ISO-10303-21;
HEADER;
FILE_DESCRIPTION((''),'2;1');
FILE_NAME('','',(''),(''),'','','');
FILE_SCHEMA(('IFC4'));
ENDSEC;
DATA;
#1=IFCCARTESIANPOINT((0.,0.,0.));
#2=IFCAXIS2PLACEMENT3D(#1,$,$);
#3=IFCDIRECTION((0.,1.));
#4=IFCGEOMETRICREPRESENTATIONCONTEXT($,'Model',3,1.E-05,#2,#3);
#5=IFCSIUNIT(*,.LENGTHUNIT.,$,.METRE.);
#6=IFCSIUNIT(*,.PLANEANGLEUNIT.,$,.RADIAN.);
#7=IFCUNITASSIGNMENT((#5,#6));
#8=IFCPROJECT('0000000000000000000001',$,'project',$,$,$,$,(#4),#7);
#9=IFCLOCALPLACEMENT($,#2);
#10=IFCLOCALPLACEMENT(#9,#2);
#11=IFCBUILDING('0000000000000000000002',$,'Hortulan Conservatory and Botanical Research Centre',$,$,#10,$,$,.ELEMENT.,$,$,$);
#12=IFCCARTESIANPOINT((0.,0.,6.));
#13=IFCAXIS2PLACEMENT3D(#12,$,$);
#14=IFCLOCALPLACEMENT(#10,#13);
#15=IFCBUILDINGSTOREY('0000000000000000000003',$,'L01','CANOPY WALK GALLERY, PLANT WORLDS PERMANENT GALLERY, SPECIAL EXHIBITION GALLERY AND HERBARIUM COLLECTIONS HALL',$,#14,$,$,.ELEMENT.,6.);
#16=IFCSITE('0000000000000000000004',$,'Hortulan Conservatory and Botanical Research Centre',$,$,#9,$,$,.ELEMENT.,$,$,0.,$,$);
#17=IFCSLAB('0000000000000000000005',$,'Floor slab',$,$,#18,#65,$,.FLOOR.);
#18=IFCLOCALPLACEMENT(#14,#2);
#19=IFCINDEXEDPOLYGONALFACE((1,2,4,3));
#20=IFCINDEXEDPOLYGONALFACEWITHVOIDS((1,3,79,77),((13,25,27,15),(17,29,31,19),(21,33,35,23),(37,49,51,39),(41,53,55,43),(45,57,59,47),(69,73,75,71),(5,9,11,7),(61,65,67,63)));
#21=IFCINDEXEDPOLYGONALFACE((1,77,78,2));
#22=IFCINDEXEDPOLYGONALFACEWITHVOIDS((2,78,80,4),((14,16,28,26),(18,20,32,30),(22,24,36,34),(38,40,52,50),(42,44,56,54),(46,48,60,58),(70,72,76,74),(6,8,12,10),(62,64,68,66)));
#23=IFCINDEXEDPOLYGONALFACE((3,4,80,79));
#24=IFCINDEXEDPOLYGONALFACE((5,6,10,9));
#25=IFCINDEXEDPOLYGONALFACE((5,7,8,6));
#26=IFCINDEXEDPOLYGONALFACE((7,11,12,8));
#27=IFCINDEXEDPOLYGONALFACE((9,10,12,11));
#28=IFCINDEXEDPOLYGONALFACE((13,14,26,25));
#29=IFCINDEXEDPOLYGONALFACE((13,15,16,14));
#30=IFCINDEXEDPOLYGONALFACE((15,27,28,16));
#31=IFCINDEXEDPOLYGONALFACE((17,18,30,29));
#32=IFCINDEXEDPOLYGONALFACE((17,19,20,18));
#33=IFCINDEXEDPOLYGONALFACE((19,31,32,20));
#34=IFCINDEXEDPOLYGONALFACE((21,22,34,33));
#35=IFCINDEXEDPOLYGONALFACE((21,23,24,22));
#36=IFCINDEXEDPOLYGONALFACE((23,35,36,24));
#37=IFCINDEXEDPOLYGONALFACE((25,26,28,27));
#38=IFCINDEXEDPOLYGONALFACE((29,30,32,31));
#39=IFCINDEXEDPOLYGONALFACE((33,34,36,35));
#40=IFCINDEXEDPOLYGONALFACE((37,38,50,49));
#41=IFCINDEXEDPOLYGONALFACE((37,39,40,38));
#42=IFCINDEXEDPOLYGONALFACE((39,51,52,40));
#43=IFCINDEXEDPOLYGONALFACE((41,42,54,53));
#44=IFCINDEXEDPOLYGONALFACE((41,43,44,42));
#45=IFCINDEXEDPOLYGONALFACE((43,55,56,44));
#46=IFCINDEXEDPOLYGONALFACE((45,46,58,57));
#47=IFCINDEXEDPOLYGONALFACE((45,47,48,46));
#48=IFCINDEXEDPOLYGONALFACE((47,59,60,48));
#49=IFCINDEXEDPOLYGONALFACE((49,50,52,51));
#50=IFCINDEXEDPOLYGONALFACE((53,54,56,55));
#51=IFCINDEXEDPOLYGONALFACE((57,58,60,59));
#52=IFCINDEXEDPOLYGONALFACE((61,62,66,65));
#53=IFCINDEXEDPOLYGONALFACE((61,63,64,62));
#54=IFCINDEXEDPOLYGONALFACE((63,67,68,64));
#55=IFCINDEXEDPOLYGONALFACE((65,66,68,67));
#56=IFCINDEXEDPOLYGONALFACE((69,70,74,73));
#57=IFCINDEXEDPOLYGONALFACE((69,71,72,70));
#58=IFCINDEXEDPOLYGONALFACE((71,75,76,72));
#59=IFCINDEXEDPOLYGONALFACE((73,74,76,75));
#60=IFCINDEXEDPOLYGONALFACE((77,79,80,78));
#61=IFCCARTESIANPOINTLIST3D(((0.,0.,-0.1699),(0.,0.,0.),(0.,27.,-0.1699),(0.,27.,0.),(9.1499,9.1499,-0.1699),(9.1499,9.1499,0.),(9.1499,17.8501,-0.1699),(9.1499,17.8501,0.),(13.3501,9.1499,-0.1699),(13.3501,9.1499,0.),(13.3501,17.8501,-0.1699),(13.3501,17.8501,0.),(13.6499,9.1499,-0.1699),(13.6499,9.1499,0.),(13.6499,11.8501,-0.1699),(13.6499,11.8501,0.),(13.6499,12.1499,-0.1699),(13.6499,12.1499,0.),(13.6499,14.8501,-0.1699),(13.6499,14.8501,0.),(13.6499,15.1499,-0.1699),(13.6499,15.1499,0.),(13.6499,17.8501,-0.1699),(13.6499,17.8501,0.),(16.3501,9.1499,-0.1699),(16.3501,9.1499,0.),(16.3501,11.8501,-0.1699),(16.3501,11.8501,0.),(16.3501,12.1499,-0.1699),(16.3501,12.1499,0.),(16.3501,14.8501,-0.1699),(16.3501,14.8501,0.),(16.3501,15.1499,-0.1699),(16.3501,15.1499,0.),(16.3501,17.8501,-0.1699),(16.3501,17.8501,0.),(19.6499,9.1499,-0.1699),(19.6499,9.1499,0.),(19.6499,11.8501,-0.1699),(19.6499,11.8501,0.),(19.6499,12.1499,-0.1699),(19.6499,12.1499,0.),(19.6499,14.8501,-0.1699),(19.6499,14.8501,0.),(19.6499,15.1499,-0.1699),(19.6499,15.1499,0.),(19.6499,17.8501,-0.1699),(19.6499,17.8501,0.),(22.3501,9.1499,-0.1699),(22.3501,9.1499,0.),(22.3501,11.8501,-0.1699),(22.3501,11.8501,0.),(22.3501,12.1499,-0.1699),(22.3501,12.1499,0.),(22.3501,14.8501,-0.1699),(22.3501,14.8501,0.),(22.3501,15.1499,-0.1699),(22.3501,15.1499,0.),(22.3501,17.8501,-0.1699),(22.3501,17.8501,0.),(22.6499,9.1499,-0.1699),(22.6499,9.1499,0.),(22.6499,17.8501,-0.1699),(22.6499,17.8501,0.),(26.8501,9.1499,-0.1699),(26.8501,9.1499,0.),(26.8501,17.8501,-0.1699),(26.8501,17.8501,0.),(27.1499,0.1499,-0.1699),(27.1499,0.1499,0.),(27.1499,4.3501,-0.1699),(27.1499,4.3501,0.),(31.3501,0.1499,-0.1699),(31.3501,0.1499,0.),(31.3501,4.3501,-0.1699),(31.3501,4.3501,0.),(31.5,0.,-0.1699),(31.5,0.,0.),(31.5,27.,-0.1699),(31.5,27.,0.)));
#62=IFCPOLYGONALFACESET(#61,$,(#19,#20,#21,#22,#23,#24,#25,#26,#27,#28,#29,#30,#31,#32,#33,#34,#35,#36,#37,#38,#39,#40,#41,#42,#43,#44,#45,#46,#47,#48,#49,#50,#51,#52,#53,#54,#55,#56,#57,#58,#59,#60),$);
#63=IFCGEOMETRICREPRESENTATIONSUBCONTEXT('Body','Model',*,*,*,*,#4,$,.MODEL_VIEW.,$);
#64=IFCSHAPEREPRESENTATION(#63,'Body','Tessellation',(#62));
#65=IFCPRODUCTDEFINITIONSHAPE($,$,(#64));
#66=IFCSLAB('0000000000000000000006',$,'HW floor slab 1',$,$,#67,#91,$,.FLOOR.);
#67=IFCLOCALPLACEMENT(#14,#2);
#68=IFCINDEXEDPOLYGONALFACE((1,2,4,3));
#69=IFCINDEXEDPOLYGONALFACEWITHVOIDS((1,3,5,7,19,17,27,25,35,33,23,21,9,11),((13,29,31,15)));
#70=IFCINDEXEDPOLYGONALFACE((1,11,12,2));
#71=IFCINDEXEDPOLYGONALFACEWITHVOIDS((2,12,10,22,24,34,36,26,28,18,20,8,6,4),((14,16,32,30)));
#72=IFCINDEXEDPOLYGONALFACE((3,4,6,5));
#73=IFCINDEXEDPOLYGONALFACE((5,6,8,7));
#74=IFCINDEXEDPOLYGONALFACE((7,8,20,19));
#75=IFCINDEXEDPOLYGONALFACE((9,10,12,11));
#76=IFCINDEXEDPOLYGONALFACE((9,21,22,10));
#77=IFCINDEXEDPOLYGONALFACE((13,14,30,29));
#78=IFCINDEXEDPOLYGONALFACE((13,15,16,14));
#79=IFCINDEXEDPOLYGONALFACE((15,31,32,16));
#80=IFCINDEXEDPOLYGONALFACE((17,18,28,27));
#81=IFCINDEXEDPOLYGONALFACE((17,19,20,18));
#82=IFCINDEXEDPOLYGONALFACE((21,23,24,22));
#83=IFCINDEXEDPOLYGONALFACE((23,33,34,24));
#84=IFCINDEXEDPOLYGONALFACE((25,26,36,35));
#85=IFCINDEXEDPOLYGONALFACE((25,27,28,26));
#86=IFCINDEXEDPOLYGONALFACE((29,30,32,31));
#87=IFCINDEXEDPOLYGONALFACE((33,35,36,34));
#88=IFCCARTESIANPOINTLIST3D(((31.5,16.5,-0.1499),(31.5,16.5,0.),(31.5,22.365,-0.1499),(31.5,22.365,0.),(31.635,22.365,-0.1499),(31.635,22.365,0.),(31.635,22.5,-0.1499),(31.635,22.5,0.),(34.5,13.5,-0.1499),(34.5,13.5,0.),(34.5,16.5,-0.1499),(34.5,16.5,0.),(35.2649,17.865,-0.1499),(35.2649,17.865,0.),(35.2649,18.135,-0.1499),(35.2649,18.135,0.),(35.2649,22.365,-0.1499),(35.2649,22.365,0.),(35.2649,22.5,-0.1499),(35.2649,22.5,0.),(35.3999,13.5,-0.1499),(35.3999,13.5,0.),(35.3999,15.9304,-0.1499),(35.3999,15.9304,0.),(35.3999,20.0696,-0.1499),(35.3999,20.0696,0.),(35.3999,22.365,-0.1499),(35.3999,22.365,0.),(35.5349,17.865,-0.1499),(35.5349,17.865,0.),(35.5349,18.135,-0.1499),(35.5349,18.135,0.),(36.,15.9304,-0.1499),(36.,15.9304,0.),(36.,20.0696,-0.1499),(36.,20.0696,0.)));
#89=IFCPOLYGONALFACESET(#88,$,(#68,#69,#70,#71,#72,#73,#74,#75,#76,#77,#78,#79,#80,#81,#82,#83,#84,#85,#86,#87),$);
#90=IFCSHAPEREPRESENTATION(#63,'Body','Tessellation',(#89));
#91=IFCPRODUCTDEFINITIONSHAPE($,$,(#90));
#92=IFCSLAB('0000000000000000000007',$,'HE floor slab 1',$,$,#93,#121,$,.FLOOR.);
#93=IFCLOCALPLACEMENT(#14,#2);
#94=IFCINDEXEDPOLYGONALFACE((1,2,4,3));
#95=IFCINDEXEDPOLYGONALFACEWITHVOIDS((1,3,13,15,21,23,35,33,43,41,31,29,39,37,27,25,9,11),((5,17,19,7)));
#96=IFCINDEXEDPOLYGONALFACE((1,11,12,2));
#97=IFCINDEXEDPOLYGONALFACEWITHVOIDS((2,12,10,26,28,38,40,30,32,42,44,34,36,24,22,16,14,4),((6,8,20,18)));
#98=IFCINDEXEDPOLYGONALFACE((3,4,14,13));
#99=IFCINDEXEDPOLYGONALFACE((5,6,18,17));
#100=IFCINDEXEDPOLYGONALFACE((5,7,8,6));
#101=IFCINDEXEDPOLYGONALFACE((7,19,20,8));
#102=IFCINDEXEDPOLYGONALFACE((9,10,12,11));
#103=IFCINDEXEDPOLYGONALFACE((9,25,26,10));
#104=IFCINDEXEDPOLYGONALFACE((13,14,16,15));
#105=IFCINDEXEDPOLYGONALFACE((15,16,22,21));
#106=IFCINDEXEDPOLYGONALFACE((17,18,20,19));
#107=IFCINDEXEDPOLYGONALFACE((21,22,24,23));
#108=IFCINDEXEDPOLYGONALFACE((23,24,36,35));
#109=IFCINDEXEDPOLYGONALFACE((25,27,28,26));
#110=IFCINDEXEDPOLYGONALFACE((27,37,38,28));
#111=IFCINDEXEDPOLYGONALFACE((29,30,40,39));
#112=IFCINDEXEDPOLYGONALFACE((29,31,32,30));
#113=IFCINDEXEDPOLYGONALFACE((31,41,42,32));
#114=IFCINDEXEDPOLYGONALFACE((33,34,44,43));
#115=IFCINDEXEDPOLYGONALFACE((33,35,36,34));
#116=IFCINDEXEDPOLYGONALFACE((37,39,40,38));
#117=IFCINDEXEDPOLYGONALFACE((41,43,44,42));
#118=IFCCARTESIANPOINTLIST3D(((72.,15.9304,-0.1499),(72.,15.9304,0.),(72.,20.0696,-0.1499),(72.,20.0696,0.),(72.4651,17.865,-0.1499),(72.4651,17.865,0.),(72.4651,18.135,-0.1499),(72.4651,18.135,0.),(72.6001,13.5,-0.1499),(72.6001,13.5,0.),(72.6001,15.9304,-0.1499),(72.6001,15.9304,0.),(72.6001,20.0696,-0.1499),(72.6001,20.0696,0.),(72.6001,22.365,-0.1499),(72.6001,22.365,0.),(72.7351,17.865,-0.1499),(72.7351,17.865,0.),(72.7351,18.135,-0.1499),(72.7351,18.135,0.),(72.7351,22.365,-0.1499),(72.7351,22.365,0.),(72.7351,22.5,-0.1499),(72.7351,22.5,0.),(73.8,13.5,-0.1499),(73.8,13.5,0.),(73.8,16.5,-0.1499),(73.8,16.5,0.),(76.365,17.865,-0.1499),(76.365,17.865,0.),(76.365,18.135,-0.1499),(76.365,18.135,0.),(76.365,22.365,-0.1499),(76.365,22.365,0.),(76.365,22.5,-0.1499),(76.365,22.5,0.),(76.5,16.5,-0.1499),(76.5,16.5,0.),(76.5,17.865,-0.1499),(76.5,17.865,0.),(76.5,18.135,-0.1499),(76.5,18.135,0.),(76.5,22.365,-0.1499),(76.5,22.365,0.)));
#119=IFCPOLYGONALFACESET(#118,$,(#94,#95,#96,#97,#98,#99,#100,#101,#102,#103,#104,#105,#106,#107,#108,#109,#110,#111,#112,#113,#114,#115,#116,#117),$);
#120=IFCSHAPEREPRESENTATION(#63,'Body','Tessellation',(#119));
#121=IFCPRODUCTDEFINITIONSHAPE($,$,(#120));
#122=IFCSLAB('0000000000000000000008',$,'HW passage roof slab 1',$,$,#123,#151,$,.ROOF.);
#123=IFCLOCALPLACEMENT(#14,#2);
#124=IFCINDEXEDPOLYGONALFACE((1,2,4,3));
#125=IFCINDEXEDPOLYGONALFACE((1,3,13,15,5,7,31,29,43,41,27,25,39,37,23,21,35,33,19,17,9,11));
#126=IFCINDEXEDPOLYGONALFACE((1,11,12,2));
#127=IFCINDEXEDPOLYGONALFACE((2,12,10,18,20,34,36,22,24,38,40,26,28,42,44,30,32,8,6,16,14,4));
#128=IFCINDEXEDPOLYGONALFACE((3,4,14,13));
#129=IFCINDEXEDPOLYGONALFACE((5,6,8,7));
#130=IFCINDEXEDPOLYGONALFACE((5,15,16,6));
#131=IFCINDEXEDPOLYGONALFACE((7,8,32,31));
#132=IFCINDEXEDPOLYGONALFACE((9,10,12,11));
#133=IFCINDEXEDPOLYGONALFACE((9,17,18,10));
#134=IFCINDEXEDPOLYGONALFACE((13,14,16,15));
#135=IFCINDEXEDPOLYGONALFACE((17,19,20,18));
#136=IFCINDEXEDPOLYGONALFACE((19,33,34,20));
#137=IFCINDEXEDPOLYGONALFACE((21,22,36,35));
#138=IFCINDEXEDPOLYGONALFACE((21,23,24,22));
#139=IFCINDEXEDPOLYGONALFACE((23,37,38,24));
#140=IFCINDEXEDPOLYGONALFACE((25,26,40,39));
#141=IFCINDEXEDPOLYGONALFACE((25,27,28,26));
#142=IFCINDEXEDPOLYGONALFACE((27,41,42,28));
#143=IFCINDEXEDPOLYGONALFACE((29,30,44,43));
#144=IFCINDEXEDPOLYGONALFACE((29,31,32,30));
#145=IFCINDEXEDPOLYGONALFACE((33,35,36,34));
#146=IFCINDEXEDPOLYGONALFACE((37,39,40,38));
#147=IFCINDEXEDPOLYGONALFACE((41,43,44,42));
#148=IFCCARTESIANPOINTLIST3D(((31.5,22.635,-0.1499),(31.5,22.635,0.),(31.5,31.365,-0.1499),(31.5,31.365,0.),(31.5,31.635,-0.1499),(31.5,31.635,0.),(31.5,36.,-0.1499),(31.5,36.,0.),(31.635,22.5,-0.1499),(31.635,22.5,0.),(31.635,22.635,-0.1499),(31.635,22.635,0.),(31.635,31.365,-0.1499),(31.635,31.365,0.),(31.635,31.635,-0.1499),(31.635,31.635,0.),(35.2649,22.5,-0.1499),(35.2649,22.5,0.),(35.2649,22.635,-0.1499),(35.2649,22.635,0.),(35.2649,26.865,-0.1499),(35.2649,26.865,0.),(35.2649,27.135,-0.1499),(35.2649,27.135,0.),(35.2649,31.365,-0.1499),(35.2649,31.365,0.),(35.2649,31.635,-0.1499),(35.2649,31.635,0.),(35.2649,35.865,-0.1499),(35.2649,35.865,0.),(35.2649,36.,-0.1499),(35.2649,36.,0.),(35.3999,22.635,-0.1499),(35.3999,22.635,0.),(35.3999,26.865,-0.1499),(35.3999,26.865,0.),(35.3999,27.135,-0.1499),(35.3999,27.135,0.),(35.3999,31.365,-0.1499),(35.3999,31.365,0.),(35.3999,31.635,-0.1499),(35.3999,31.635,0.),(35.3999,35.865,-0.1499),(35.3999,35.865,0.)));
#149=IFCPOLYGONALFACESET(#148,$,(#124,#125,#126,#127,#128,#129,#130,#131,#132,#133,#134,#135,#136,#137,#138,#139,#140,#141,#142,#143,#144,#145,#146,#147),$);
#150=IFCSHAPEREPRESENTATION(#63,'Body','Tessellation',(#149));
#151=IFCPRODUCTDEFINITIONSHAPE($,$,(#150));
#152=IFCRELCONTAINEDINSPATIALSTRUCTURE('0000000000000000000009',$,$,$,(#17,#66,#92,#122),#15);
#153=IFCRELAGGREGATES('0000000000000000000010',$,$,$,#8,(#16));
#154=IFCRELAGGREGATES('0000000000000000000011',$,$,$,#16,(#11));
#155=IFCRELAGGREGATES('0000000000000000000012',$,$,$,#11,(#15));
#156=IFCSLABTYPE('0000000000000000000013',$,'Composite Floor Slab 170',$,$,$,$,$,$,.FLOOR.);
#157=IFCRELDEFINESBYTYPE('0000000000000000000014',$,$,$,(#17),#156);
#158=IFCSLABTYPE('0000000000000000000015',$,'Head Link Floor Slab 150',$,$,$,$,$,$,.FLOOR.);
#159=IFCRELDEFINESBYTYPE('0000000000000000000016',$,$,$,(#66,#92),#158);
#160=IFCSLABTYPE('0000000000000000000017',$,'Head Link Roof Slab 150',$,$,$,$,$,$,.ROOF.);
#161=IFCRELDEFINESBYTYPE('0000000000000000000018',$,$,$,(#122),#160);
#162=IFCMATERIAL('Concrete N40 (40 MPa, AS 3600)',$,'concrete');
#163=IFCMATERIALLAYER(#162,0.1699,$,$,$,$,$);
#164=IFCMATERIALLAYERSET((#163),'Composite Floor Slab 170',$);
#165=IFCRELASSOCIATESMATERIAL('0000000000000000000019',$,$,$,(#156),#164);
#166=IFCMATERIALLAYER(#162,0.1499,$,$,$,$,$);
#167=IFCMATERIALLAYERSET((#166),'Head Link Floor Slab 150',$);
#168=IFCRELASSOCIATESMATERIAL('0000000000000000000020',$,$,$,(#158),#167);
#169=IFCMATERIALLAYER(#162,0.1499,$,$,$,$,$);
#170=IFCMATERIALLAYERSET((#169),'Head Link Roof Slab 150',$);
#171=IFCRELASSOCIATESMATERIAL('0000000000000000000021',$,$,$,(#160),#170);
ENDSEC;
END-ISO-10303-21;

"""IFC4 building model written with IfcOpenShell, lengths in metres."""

from ifc_helpers import new_model, si_unit, direction, frame, origin, place, context, subcontext, project, spatial, polyline, outline, extrude, material, layer, layer_set, type_object, element, save


model = new_model("IFC4")

# Units and contexts
model_context = context("Model", 3, precision=1e-05, world=origin(), true_north=direction((0.0, 1.0)))
body_context = subcontext(model_context, "Body", "Model", "MODEL_VIEW")
ifc_project = project(units=[si_unit("LENGTHUNIT", "METRE"), si_unit("PLANEANGLEUNIT", "RADIAN")], contexts=[model_context])

# Site, building, storey
site_placement = place(None, origin())
site = spatial("IfcSite", under=ifc_project, at=site_placement, Name="Hortulan Conservatory and Botanical Research Centre", CompositionType="ELEMENT", RefElevation=0.0)
building_placement = place(site_placement, origin())
building = spatial("IfcBuilding", under=site, at=building_placement, Name="Hortulan Conservatory and Botanical Research Centre", CompositionType="ELEMENT")
storey_placement = place(building_placement, frame((0.0, 0.0, 6.0)))
storey = spatial("IfcBuildingStorey", under=building, at=storey_placement, Name="L01", Description="CANOPY WALK GALLERY, PLANT WORLDS PERMANENT GALLERY, SPECIAL EXHIBITION GALLERY AND HERBARIUM COLLECTIONS HALL", CompositionType="ELEMENT", Elevation=6.0)

# Slabs
ifc_material_1 = material(Name="Concrete N40 (40 MPa, AS 3600)", Category="concrete")
ifc_layer_1 = layer(ifc_material_1, 0.1699)
ifc_layer_set_1 = layer_set([ifc_layer_1], Name="Composite Floor Slab 170")
slab_type_1 = type_object("IfcSlabType", Name="Composite Floor Slab 170", PredefinedType="FLOOR", material=ifc_layer_set_1)
slab_1_placement = place(storey_placement, frame((0.0, 0.0, -0.1699)))
element("IfcSlab", 1, at=slab_1_placement, inside=storey, type_object=slab_type_1, Name="Floor slab", PredefinedType="FLOOR", context=body_context, shape_type="SweptSolid", body=[
    extrude(outline(polyline([(0.0, 0.0), (31.5, 0.0), (31.5, 27.0), (0.0, 27.0), (0.0, 0.0)]), holes=[polyline([(27.1499, 4.3501), (27.1499, 0.1499), (31.3501, 0.1499), (31.3501, 4.3501), (27.1499, 4.3501)]), polyline([(13.6499, 11.8501), (13.6499, 9.1499), (16.3501, 9.1499), (16.3501, 11.8501), (13.6499, 11.8501)]), polyline([(19.6499, 11.8501), (19.6499, 9.1499), (22.3501, 9.1499), (22.3501, 11.8501), (19.6499, 11.8501)]), polyline([(9.1499, 17.8501), (9.1499, 9.1499), (13.3501, 9.1499), (13.3501, 17.8501), (9.1499, 17.8501)]), polyline([(13.6499, 14.8501), (13.6499, 12.1499), (16.3501, 12.1499), (16.3501, 14.8501), (13.6499, 14.8501)]), polyline([(19.6499, 14.8501), (19.6499, 12.1499), (22.3501, 12.1499), (22.3501, 14.8501), (19.6499, 14.8501)]), polyline([(22.6499, 17.8501), (22.6499, 9.1499), (26.8501, 9.1499), (26.8501, 17.8501), (22.6499, 17.8501)]), polyline([(16.3501, 17.8501), (13.6499, 17.8501), (13.6499, 15.1499), (16.3501, 15.1499), (16.3501, 17.8501)]), polyline([(22.3501, 17.8501), (19.6499, 17.8501), (19.6499, 15.1499), (22.3501, 15.1499), (22.3501, 17.8501)])]), origin(), (0.0, 0.0, 1.0), 0.1699),
])
ifc_layer_2 = layer(ifc_material_1, 0.1499)
ifc_layer_set_2 = layer_set([ifc_layer_2], Name="Head Link Floor Slab 150")
slab_type_2 = type_object("IfcSlabType", Name="Head Link Floor Slab 150", PredefinedType="FLOOR", material=ifc_layer_set_2)
slab_2_placement = place(storey_placement, frame((0.0, 0.0, -0.1499)))
element("IfcSlab", 2, at=slab_2_placement, inside=storey, type_object=slab_type_2, Name="HW floor slab 1", PredefinedType="FLOOR", context=body_context, shape_type="SweptSolid", body=[
    extrude(outline(polyline([(35.3999, 20.0696), (36.0, 20.0696), (36.0, 15.9304), (35.3999, 15.9304), (35.3999, 13.5), (34.5, 13.5), (34.5, 16.5), (31.5, 16.5), (31.5, 22.365), (31.635, 22.365), (31.635, 22.5), (35.2649, 22.5), (35.2649, 22.365), (35.3999, 22.365), (35.3999, 20.0696)]), holes=[polyline([(35.2649, 17.865), (35.5349, 17.865), (35.5349, 18.135), (35.2649, 18.135), (35.2649, 17.865)])]), origin(), (0.0, 0.0, 1.0), 0.1499),
])
slab_3_placement = place(storey_placement, frame((0.0, 0.0, -0.1499)))
element("IfcSlab", 3, at=slab_3_placement, inside=storey, type_object=slab_type_2, Name="HE floor slab 1", PredefinedType="FLOOR", context=body_context, shape_type="SweptSolid", body=[
    extrude(outline(polyline([(73.8, 16.5), (73.8, 13.5), (72.6001, 13.5), (72.6001, 15.9304), (72.0, 15.9304), (72.0, 20.0696), (72.6001, 20.0696), (72.6001, 22.365), (72.7351, 22.365), (72.7351, 22.5), (76.365, 22.5), (76.365, 22.365), (76.5, 22.365), (76.5, 18.135), (76.365, 18.135), (76.365, 17.865), (76.5, 17.865), (76.5, 16.5), (73.8, 16.5)]), holes=[polyline([(72.4651, 18.135), (72.4651, 17.865), (72.7351, 17.865), (72.7351, 18.135), (72.4651, 18.135)])]), origin(), (0.0, 0.0, 1.0), 0.1499),
])
ifc_layer_3 = layer(ifc_material_1, 0.1499)
ifc_layer_set_3 = layer_set([ifc_layer_3], Name="Head Link Roof Slab 150")
slab_type_3 = type_object("IfcSlabType", Name="Head Link Roof Slab 150", PredefinedType="ROOF", material=ifc_layer_set_3)
slab_4_placement = place(storey_placement, frame((0.0, 0.0, -0.1499)))
element("IfcSlab", 4, at=slab_4_placement, inside=storey, type_object=slab_type_3, Name="HW passage roof slab 1", PredefinedType="ROOF", context=body_context, shape_type="SweptSolid", body=[
    extrude(outline(polyline([(35.3999, 22.635), (35.2649, 22.635), (35.2649, 22.5), (31.635, 22.5), (31.635, 22.635), (31.5, 22.635), (31.5, 31.365), (31.635, 31.365), (31.635, 31.635), (31.5, 31.635), (31.5, 36.0), (35.2649, 36.0), (35.2649, 35.865), (35.3999, 35.865), (35.3999, 31.635), (35.2649, 31.635), (35.2649, 31.365), (35.3999, 31.365), (35.3999, 27.135), (35.2649, 27.135), (35.2649, 26.865), (35.3999, 26.865), (35.3999, 22.635)])), origin(), (0.0, 0.0, 1.0), 0.1499),
])

save(model, "model.ifc")
